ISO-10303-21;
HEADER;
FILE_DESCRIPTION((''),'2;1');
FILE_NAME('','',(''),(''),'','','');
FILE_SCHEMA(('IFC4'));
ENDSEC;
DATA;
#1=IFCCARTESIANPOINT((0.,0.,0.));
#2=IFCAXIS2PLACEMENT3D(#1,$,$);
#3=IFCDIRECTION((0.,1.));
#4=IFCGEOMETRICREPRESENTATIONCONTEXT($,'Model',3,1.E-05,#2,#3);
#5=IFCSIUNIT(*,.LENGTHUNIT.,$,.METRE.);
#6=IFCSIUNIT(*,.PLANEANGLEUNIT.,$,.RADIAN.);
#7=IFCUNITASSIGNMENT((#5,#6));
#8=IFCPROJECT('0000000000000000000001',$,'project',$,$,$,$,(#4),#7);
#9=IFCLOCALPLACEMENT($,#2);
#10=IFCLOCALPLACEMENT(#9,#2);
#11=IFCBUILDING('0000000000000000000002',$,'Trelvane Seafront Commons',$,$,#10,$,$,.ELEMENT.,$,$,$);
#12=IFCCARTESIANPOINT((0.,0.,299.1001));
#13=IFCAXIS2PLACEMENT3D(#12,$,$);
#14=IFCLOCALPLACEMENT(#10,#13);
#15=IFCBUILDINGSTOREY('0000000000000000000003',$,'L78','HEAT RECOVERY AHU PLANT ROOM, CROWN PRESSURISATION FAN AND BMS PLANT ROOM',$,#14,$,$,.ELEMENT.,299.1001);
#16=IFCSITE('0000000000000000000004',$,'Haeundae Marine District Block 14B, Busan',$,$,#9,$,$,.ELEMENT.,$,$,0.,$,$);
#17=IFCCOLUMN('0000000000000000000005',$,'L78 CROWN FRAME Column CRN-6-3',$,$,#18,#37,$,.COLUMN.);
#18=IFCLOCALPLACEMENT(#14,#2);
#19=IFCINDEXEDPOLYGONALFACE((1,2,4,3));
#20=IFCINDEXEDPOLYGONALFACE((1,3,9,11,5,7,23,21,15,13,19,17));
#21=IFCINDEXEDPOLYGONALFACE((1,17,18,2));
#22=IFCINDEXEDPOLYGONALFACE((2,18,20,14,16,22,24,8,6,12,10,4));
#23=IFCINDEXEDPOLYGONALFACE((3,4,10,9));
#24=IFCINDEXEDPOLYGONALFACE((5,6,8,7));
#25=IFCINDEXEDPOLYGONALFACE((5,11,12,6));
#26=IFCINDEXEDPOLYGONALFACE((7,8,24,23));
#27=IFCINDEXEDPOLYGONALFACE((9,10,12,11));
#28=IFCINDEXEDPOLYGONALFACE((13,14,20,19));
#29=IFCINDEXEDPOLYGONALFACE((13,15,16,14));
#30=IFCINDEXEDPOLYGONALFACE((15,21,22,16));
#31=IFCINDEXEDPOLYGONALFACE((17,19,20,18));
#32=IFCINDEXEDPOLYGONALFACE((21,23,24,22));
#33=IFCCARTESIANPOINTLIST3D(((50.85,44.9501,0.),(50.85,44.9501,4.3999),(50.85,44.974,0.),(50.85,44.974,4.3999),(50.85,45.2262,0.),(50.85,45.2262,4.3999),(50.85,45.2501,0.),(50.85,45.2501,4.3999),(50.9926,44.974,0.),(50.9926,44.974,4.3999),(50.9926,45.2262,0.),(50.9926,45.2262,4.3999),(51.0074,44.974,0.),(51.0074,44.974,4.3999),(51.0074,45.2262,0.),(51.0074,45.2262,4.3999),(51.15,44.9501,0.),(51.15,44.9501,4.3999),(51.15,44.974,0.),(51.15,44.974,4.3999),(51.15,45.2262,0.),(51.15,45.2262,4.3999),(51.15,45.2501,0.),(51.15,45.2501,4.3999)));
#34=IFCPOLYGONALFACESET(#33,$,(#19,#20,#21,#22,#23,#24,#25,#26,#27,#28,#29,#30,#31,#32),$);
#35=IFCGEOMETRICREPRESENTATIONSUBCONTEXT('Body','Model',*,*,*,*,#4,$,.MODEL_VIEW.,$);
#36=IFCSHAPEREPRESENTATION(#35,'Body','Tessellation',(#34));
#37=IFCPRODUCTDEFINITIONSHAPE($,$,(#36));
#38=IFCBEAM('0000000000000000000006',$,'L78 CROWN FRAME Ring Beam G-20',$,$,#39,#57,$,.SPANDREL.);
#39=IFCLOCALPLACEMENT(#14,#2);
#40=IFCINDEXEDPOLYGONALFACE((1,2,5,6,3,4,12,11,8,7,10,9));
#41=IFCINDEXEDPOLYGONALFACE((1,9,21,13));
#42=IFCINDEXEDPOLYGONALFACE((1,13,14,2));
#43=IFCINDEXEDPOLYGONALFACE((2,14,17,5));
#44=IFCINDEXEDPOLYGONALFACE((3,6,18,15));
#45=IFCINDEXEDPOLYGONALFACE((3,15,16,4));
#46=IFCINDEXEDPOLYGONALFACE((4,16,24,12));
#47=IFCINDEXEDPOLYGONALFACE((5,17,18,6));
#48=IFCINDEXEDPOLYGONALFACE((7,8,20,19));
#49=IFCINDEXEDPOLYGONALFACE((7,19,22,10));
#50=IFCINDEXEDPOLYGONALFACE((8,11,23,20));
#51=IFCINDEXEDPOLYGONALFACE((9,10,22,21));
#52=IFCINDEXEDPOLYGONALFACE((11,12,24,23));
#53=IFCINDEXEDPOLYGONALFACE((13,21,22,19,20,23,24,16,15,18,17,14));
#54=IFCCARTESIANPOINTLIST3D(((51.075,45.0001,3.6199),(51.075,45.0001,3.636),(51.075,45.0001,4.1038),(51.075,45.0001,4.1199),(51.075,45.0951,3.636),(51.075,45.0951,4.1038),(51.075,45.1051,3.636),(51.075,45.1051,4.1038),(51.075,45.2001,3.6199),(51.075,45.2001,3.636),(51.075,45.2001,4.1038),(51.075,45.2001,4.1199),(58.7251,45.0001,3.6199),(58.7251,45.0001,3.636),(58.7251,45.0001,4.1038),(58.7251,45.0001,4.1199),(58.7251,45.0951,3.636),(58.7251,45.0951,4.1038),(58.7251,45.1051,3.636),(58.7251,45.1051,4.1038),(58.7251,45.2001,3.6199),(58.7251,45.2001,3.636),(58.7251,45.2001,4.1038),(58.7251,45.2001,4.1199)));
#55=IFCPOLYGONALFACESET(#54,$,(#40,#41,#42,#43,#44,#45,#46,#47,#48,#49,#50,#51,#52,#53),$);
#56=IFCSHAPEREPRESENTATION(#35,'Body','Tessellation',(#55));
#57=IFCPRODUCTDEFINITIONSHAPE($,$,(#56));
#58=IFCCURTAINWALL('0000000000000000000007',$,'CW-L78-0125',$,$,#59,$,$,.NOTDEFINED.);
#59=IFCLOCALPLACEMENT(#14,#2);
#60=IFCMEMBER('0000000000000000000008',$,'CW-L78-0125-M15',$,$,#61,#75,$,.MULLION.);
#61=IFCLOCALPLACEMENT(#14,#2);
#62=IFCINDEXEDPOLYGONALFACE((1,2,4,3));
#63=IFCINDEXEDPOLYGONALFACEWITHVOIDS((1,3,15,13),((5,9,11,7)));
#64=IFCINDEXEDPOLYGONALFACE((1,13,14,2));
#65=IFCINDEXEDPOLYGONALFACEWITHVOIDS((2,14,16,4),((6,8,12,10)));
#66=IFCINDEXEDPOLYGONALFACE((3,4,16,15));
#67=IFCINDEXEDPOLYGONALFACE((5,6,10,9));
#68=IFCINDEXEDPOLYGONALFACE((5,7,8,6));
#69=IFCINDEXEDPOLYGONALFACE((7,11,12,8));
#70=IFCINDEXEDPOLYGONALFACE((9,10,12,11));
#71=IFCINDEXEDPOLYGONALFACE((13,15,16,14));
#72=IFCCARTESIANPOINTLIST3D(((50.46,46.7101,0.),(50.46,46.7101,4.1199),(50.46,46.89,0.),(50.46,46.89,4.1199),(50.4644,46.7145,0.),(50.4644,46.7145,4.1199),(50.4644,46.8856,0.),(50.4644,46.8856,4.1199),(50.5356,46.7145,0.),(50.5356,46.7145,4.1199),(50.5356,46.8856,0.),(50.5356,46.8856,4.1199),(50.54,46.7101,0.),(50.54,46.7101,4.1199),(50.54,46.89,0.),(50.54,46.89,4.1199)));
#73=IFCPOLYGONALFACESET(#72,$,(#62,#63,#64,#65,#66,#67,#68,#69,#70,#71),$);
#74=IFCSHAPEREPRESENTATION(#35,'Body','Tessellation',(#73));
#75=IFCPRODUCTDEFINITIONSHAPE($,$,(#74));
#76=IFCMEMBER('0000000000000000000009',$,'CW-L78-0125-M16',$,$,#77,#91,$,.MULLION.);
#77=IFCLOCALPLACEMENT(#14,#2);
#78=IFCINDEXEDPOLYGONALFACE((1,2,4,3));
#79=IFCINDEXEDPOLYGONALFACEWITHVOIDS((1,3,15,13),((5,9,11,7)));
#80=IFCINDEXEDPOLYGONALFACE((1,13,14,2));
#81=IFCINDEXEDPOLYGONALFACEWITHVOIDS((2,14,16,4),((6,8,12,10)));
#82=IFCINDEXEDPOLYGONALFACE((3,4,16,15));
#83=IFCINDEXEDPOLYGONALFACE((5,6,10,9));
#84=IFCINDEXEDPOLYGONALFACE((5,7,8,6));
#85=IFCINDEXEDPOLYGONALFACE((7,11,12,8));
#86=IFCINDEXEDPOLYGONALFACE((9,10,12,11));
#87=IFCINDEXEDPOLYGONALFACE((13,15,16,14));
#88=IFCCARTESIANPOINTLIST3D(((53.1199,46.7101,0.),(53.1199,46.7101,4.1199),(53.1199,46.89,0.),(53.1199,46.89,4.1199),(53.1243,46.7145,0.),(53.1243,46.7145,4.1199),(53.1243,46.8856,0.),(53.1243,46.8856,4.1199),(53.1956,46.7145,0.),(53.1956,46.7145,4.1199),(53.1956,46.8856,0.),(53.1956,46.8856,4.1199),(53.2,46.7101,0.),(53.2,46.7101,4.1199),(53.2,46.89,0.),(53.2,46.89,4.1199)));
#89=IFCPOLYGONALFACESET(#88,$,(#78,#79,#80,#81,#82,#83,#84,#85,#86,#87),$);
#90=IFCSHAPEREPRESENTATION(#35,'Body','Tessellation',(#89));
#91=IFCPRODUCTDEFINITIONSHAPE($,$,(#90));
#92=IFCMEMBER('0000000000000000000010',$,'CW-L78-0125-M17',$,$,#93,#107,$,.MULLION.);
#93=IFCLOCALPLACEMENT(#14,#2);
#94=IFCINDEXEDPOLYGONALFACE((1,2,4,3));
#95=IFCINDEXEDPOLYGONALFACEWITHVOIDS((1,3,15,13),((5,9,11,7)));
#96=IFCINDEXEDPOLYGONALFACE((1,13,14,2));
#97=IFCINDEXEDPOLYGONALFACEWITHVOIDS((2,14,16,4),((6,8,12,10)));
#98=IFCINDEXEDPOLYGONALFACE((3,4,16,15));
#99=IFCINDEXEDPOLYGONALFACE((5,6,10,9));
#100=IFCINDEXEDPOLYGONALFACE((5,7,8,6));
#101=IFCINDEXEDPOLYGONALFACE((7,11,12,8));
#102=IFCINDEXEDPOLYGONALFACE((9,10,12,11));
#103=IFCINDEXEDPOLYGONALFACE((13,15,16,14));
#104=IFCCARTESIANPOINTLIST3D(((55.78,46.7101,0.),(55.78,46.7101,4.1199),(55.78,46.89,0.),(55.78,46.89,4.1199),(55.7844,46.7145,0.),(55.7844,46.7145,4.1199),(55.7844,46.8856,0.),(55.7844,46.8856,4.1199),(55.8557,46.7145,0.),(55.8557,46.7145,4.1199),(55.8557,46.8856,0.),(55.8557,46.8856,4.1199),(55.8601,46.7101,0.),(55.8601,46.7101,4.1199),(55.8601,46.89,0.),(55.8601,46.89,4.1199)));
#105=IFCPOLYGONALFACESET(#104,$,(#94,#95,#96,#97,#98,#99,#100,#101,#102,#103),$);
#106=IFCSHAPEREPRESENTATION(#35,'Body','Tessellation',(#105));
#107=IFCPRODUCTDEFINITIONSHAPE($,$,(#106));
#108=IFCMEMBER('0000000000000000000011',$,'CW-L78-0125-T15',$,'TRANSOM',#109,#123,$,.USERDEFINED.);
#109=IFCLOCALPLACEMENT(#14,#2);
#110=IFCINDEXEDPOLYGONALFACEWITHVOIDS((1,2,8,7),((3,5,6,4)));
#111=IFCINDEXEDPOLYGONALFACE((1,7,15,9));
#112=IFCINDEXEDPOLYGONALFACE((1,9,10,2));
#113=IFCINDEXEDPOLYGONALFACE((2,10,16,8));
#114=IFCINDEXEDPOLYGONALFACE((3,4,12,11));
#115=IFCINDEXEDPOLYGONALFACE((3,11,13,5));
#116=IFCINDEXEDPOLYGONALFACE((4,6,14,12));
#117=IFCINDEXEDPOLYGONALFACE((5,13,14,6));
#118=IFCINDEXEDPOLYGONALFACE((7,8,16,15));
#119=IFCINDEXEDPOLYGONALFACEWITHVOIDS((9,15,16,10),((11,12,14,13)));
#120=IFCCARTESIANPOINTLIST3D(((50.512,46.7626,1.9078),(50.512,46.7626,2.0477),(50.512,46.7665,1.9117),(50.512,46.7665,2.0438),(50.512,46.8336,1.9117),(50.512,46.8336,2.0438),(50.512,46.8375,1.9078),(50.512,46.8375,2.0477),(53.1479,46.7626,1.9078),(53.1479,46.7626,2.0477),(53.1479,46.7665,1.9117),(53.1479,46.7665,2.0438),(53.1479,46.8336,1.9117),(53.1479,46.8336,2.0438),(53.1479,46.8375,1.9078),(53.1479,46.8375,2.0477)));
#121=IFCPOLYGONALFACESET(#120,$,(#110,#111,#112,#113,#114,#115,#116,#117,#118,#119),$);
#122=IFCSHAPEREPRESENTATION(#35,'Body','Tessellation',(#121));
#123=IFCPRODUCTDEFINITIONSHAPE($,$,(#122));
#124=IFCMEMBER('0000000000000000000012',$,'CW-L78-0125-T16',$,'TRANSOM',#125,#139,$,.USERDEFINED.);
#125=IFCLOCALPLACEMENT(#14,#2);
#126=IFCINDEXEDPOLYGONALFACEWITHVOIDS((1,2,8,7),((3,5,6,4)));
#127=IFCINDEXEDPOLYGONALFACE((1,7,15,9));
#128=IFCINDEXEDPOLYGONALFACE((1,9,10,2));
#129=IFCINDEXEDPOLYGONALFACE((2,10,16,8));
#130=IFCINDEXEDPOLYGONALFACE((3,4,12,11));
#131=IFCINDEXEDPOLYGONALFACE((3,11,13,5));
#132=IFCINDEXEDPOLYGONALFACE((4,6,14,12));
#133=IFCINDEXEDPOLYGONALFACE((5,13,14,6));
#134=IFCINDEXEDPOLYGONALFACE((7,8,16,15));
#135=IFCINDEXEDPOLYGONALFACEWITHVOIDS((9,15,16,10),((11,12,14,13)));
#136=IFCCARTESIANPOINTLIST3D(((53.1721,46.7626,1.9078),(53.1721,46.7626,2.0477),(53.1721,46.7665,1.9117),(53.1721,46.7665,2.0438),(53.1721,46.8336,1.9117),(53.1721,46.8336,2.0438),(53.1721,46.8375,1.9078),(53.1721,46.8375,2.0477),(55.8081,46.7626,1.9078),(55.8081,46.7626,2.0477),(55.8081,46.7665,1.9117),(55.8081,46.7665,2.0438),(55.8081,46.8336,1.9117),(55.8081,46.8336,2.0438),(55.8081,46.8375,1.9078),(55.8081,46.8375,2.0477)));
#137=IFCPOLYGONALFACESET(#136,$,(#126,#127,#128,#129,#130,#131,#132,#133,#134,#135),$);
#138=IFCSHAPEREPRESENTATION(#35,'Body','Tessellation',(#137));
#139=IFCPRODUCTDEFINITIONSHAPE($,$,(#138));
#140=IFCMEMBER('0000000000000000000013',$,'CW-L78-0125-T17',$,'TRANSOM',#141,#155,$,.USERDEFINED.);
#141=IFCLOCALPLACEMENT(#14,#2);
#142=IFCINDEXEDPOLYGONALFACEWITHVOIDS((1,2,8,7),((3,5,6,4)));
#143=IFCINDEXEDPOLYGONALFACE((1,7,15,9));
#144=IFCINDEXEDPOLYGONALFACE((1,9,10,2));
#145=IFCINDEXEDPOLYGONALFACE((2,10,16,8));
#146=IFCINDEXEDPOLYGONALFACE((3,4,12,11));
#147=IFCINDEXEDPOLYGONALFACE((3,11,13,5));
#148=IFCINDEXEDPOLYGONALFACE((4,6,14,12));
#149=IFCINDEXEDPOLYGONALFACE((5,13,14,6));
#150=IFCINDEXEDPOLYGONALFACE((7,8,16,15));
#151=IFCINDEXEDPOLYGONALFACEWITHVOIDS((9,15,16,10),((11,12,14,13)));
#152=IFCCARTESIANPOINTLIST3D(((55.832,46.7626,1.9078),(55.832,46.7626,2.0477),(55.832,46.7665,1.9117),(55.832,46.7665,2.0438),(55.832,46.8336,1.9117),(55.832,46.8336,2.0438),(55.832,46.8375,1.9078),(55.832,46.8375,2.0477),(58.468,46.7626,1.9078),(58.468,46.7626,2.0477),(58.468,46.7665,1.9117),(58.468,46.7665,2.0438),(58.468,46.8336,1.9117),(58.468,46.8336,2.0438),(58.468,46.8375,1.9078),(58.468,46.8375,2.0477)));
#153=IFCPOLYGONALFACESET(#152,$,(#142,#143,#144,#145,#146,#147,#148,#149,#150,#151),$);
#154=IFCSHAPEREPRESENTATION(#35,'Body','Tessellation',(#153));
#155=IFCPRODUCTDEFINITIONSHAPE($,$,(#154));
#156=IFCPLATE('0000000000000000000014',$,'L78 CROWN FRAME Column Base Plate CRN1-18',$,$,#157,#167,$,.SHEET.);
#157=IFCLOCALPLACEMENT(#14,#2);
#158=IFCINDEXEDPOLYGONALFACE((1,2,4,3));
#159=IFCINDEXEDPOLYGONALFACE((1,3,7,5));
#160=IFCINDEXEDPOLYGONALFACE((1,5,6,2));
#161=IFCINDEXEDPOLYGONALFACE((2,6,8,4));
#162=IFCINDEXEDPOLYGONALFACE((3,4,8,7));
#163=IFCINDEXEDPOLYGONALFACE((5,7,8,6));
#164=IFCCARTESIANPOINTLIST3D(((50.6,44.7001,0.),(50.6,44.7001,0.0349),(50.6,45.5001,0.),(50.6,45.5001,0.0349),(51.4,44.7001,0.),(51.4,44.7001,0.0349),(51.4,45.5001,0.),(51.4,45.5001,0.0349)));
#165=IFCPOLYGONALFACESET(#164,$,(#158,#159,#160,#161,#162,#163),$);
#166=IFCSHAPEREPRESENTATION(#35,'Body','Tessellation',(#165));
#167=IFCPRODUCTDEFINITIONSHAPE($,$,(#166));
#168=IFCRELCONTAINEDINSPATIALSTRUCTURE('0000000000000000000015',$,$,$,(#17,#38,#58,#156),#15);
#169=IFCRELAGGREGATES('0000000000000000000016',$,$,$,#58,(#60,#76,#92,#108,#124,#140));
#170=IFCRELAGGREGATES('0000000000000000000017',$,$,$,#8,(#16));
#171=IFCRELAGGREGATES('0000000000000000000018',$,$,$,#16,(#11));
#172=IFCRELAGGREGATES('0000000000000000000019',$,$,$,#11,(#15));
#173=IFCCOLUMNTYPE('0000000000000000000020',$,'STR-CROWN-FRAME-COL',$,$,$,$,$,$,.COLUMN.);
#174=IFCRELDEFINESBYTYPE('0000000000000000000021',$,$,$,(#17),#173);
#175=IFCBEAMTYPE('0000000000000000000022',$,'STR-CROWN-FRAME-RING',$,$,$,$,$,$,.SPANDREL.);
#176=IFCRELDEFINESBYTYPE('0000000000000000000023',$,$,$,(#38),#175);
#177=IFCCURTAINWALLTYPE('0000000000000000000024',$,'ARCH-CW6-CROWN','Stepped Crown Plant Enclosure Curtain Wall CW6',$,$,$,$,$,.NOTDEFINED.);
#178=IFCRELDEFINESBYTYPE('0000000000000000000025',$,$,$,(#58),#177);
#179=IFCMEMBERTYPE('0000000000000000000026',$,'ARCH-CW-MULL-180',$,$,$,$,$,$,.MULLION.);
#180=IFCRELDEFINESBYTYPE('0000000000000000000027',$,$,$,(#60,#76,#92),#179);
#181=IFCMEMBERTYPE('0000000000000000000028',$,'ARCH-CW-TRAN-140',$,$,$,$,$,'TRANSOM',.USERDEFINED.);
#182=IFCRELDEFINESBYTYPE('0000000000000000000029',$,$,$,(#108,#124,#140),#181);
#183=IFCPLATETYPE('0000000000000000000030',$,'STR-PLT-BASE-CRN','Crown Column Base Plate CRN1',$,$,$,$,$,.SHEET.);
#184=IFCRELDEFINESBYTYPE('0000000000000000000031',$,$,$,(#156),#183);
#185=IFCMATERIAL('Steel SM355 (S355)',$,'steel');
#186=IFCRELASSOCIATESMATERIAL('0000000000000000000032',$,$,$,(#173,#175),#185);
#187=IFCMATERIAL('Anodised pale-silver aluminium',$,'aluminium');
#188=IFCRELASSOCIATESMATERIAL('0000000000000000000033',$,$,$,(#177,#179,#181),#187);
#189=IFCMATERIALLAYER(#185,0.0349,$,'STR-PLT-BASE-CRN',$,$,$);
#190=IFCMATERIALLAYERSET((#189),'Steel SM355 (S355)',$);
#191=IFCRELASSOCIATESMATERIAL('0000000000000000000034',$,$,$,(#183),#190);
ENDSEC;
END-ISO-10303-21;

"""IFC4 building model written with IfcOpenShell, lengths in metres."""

from ifc_helpers import new_model, si_unit, direction, frame, origin, origin_2d, place, context, subcontext, project, spatial, rectangle, hollow_rectangle, i_section, extrude, source, transform, mapped, material, layer, layer_set, material_profile, profile_set, type_object, element, aggregate, save


model = new_model("IFC4")

# Units and contexts
model_context = context("Model", 3, precision=1e-05, world=origin(), true_north=direction((0.0, 1.0)))
body_context = subcontext(model_context, "Body", "Model", "MODEL_VIEW")
ifc_project = project(units=[si_unit("LENGTHUNIT", "METRE"), si_unit("PLANEANGLEUNIT", "RADIAN")], contexts=[model_context])

# Site, building, storey
site_placement = place(None, origin())
site = spatial("IfcSite", under=ifc_project, at=site_placement, Name="Haeundae Marine District Block 14B, Busan", CompositionType="ELEMENT", RefElevation=0.0)
building_placement = place(site_placement, origin())
building = spatial("IfcBuilding", under=site, at=building_placement, Name="Trelvane Seafront Commons", CompositionType="ELEMENT")
storey_placement = place(building_placement, frame((0.0, 0.0, 299.1001)))
storey = spatial("IfcBuildingStorey", under=building, at=storey_placement, Name="L78", Description="HEAT RECOVERY AHU PLANT ROOM, CROWN PRESSURISATION FAN AND BMS PLANT ROOM", CompositionType="ELEMENT", Elevation=299.1001)

# Column
ifc_material_1 = material(Name="Steel SM355 (S355)", Category="steel")
ifc_material_profile_1 = material_profile(ifc_material_1, i_section(OverallWidth=0.3, OverallDepth=0.3, WebThickness=0.0149, FlangeThickness=0.0239, at=origin_2d()), Name="HD-300x300x15x24")
ifc_profile_set_1 = profile_set([ifc_material_profile_1], Name="Steel SM355 (S355)")
column_type = type_object("IfcColumnType", Name="STR-CROWN-FRAME-COL", PredefinedType="COLUMN", material=ifc_profile_set_1)
shared_shape_1 = source(origin(), body_context, "Body", "SweptSolid", [
    extrude(i_section(OverallWidth=0.3, OverallDepth=0.3, WebThickness=0.0149, FlangeThickness=0.0239, at=origin_2d()), origin(), (0.0, 0.0, 1.0), 4.3999),
])
column_placement = place(storey_placement, frame((51.0, 45.1001, 0.0), z_axis=(0.0, 0.0, 1.0), x_axis=(1.0, 0.0, 0.0)))
element("IfcColumn", 1, at=column_placement, inside=storey, type_object=column_type, Name="L78 CROWN FRAME Column CRN-6-3", PredefinedType="COLUMN", context=body_context, shape_type="MappedRepresentation", body=[
    mapped(shared_shape_1, transform((0.0, 0.0, 0.0), x_axis=(1.0, 0.0, 0.0), y_axis=(0.0, 1.0, 0.0), z_axis=(0.0, 0.0, 1.0), scale=1.0)),
])

# Beam
ifc_material_profile_2 = material_profile(ifc_material_1, i_section(OverallWidth=0.2, OverallDepth=0.5, WebThickness=0.01, FlangeThickness=0.0161, at=origin_2d()), Name="H-500x200x10x16")
ifc_profile_set_2 = profile_set([ifc_material_profile_2], Name="Steel SM355 (S355)")
beam_type = type_object("IfcBeamType", Name="STR-CROWN-FRAME-RING", PredefinedType="SPANDREL", material=ifc_profile_set_2)
shared_shape_2 = source(origin(), body_context, "Body", "SweptSolid", [
    extrude(i_section(OverallWidth=0.2, OverallDepth=0.5, WebThickness=0.01, FlangeThickness=0.0161, at=origin_2d()), origin(), (0.0, 0.0, 1.0), 7.6501),
])
beam_placement = place(storey_placement, frame((51.075, 45.1001, 3.8699), z_axis=(1.0, 0.0, 0.0), x_axis=(0.0, 1.0, 0.0)))
element("IfcBeam", 2, at=beam_placement, inside=storey, type_object=beam_type, Name="L78 CROWN FRAME Ring Beam G-20", PredefinedType="SPANDREL", context=body_context, shape_type="MappedRepresentation", body=[
    mapped(shared_shape_2, transform((0.0, 0.0, 0.0), x_axis=(1.0, 0.0, 0.0), y_axis=(0.0, 1.0, 0.0), z_axis=(0.0, 0.0, 1.0), scale=1.0)),
])

# Curtain wall, members
ifc_material_2 = material(Name="Anodised pale-silver aluminium", Category="aluminium")
curtain_wall_type = type_object("IfcCurtainWallType", Name="ARCH-CW6-CROWN", Description="Stepped Crown Plant Enclosure Curtain Wall CW6", PredefinedType="NOTDEFINED", material=ifc_material_2)
curtain_wall_placement = place(storey_placement, origin())
curtain_wall = element("IfcCurtainWall", 3, at=curtain_wall_placement, inside=storey, type_object=curtain_wall_type, Name="CW-L78-0125", PredefinedType="NOTDEFINED")
ifc_material_profile_3 = material_profile(ifc_material_2, hollow_rectangle(XDim=0.0801, YDim=0.1799, WallThickness=0.0044, at=origin_2d()), Name="MULL-80x180x4.5")
ifc_profile_set_3 = profile_set([ifc_material_profile_3], Name="Anodised pale-silver aluminium")
member_type_1 = type_object("IfcMemberType", Name="ARCH-CW-MULL-180", PredefinedType="MULLION", material=ifc_profile_set_3)
shared_shape_3 = source(origin(), body_context, "Body", "SweptSolid", [
    extrude(hollow_rectangle(XDim=0.0801, YDim=0.1799, WallThickness=0.0044, at=origin_2d()), origin(), (0.0, 0.0, 1.0), 4.1199),
])
member_1_placement = place(storey_placement, frame((50.5, 46.8, 0.0), z_axis=(0.0, 0.0, 1.0), x_axis=(1.0, 0.0, 0.0)))
member_1 = element("IfcMember", 4, at=member_1_placement, type_object=member_type_1, Name="CW-L78-0125-M15", PredefinedType="MULLION", context=body_context, shape_type="MappedRepresentation", body=[
    mapped(shared_shape_3, transform((0.0, 0.0, 0.0), x_axis=(1.0, 0.0, 0.0), y_axis=(0.0, 1.0, 0.0), z_axis=(0.0, 0.0, 1.0), scale=1.0)),
])
member_2_placement = place(storey_placement, frame((53.1599, 46.8, 0.0), z_axis=(0.0, 0.0, 1.0), x_axis=(1.0, 0.0, 0.0)))
member_2 = element("IfcMember", 5, at=member_2_placement, type_object=member_type_1, Name="CW-L78-0125-M16", PredefinedType="MULLION", context=body_context, shape_type="MappedRepresentation", body=[
    mapped(shared_shape_3, transform((0.0, 0.0, 0.0), x_axis=(1.0, 0.0, 0.0), y_axis=(0.0, 1.0, 0.0), z_axis=(0.0, 0.0, 1.0), scale=1.0)),
])
member_3_placement = place(storey_placement, frame((55.8201, 46.8, 0.0), z_axis=(0.0, 0.0, 1.0), x_axis=(1.0, 0.0, 0.0)))
member_3 = element("IfcMember", 6, at=member_3_placement, type_object=member_type_1, Name="CW-L78-0125-M17", PredefinedType="MULLION", context=body_context, shape_type="MappedRepresentation", body=[
    mapped(shared_shape_3, transform((0.0, 0.0, 0.0), x_axis=(1.0, 0.0, 0.0), y_axis=(0.0, 1.0, 0.0), z_axis=(0.0, 0.0, 1.0), scale=1.0)),
])
ifc_material_profile_4 = material_profile(ifc_material_2, hollow_rectangle(XDim=0.075, YDim=0.1399, WallThickness=0.0039, at=origin_2d()), Name="TRAN-75x140x4")
ifc_profile_set_4 = profile_set([ifc_material_profile_4], Name="Anodised pale-silver aluminium")
member_type_2 = type_object("IfcMemberType", Name="ARCH-CW-TRAN-140", ElementType="TRANSOM", PredefinedType="USERDEFINED", material=ifc_profile_set_4)
shared_shape_4 = source(origin(), body_context, "Body", "SweptSolid", [
    extrude(hollow_rectangle(XDim=0.075, YDim=0.1399, WallThickness=0.0039, at=origin_2d()), origin(), (0.0, 0.0, 1.0), 2.636),
])
member_4_placement = place(storey_placement, frame((50.512, 46.8, 1.9778), z_axis=(1.0, 0.0, 0.0), x_axis=(0.0, 1.0, 0.0)))
member_4 = element("IfcMember", 7, at=member_4_placement, type_object=member_type_2, Name="CW-L78-0125-T15", ObjectType="TRANSOM", PredefinedType="USERDEFINED", context=body_context, shape_type="MappedRepresentation", body=[
    mapped(shared_shape_4, transform((0.0, 0.0, 0.0), x_axis=(1.0, 0.0, 0.0), y_axis=(0.0, 1.0, 0.0), z_axis=(0.0, 0.0, 1.0), scale=1.0)),
])
member_5_placement = place(storey_placement, frame((53.1721, 46.8, 1.9778), z_axis=(1.0, 0.0, 0.0), x_axis=(0.0, 1.0, 0.0)))
member_5 = element("IfcMember", 8, at=member_5_placement, type_object=member_type_2, Name="CW-L78-0125-T16", ObjectType="TRANSOM", PredefinedType="USERDEFINED", context=body_context, shape_type="MappedRepresentation", body=[
    mapped(shared_shape_4, transform((0.0, 0.0, 0.0), x_axis=(1.0, 0.0, 0.0), y_axis=(0.0, 1.0, 0.0), z_axis=(0.0, 0.0, 1.0), scale=1.0)),
])
member_6_placement = place(storey_placement, frame((55.832, 46.8, 1.9778), z_axis=(1.0, 0.0, 0.0), x_axis=(0.0, 1.0, 0.0)))
member_6 = element("IfcMember", 9, at=member_6_placement, type_object=member_type_2, Name="CW-L78-0125-T17", ObjectType="TRANSOM", PredefinedType="USERDEFINED", context=body_context, shape_type="MappedRepresentation", body=[
    mapped(shared_shape_4, transform((0.0, 0.0, 0.0), x_axis=(1.0, 0.0, 0.0), y_axis=(0.0, 1.0, 0.0), z_axis=(0.0, 0.0, 1.0), scale=1.0)),
])

# Plate
ifc_layer_1 = layer(ifc_material_1, 0.0349, Name="STR-PLT-BASE-CRN")
ifc_layer_set_1 = layer_set([ifc_layer_1], Name="Steel SM355 (S355)")
plate_type_1 = type_object("IfcPlateType", Name="STR-PLT-BASE-CRN", Description="Crown Column Base Plate CRN1", PredefinedType="SHEET", material=ifc_layer_set_1)
shared_shape_5 = source(origin(), body_context, "Body", "SweptSolid", [
    extrude(rectangle(XDim=0.8, YDim=0.8, at=origin_2d()), origin(), (0.0, 0.0, 1.0), 0.0349),
])
plate_1_placement = place(storey_placement, frame((51.0, 45.1001, 0.0), z_axis=(0.0, 0.0, 1.0), x_axis=(1.0, 0.0, 0.0)))
element("IfcPlate", 10, at=plate_1_placement, inside=storey, type_object=plate_type_1, Name="L78 CROWN FRAME Column Base Plate CRN1-18", PredefinedType="SHEET", context=body_context, shape_type="MappedRepresentation", body=[
    mapped(shared_shape_5, transform((0.0, 0.0, 0.0), x_axis=(1.0, 0.0, 0.0), y_axis=(0.0, 1.0, 0.0), z_axis=(0.0, 0.0, 1.0), scale=1.0)),
])
aggregate(curtain_wall, [member_1, member_2, member_3, member_4, member_5, member_6])

save(model, "model.ifc")
